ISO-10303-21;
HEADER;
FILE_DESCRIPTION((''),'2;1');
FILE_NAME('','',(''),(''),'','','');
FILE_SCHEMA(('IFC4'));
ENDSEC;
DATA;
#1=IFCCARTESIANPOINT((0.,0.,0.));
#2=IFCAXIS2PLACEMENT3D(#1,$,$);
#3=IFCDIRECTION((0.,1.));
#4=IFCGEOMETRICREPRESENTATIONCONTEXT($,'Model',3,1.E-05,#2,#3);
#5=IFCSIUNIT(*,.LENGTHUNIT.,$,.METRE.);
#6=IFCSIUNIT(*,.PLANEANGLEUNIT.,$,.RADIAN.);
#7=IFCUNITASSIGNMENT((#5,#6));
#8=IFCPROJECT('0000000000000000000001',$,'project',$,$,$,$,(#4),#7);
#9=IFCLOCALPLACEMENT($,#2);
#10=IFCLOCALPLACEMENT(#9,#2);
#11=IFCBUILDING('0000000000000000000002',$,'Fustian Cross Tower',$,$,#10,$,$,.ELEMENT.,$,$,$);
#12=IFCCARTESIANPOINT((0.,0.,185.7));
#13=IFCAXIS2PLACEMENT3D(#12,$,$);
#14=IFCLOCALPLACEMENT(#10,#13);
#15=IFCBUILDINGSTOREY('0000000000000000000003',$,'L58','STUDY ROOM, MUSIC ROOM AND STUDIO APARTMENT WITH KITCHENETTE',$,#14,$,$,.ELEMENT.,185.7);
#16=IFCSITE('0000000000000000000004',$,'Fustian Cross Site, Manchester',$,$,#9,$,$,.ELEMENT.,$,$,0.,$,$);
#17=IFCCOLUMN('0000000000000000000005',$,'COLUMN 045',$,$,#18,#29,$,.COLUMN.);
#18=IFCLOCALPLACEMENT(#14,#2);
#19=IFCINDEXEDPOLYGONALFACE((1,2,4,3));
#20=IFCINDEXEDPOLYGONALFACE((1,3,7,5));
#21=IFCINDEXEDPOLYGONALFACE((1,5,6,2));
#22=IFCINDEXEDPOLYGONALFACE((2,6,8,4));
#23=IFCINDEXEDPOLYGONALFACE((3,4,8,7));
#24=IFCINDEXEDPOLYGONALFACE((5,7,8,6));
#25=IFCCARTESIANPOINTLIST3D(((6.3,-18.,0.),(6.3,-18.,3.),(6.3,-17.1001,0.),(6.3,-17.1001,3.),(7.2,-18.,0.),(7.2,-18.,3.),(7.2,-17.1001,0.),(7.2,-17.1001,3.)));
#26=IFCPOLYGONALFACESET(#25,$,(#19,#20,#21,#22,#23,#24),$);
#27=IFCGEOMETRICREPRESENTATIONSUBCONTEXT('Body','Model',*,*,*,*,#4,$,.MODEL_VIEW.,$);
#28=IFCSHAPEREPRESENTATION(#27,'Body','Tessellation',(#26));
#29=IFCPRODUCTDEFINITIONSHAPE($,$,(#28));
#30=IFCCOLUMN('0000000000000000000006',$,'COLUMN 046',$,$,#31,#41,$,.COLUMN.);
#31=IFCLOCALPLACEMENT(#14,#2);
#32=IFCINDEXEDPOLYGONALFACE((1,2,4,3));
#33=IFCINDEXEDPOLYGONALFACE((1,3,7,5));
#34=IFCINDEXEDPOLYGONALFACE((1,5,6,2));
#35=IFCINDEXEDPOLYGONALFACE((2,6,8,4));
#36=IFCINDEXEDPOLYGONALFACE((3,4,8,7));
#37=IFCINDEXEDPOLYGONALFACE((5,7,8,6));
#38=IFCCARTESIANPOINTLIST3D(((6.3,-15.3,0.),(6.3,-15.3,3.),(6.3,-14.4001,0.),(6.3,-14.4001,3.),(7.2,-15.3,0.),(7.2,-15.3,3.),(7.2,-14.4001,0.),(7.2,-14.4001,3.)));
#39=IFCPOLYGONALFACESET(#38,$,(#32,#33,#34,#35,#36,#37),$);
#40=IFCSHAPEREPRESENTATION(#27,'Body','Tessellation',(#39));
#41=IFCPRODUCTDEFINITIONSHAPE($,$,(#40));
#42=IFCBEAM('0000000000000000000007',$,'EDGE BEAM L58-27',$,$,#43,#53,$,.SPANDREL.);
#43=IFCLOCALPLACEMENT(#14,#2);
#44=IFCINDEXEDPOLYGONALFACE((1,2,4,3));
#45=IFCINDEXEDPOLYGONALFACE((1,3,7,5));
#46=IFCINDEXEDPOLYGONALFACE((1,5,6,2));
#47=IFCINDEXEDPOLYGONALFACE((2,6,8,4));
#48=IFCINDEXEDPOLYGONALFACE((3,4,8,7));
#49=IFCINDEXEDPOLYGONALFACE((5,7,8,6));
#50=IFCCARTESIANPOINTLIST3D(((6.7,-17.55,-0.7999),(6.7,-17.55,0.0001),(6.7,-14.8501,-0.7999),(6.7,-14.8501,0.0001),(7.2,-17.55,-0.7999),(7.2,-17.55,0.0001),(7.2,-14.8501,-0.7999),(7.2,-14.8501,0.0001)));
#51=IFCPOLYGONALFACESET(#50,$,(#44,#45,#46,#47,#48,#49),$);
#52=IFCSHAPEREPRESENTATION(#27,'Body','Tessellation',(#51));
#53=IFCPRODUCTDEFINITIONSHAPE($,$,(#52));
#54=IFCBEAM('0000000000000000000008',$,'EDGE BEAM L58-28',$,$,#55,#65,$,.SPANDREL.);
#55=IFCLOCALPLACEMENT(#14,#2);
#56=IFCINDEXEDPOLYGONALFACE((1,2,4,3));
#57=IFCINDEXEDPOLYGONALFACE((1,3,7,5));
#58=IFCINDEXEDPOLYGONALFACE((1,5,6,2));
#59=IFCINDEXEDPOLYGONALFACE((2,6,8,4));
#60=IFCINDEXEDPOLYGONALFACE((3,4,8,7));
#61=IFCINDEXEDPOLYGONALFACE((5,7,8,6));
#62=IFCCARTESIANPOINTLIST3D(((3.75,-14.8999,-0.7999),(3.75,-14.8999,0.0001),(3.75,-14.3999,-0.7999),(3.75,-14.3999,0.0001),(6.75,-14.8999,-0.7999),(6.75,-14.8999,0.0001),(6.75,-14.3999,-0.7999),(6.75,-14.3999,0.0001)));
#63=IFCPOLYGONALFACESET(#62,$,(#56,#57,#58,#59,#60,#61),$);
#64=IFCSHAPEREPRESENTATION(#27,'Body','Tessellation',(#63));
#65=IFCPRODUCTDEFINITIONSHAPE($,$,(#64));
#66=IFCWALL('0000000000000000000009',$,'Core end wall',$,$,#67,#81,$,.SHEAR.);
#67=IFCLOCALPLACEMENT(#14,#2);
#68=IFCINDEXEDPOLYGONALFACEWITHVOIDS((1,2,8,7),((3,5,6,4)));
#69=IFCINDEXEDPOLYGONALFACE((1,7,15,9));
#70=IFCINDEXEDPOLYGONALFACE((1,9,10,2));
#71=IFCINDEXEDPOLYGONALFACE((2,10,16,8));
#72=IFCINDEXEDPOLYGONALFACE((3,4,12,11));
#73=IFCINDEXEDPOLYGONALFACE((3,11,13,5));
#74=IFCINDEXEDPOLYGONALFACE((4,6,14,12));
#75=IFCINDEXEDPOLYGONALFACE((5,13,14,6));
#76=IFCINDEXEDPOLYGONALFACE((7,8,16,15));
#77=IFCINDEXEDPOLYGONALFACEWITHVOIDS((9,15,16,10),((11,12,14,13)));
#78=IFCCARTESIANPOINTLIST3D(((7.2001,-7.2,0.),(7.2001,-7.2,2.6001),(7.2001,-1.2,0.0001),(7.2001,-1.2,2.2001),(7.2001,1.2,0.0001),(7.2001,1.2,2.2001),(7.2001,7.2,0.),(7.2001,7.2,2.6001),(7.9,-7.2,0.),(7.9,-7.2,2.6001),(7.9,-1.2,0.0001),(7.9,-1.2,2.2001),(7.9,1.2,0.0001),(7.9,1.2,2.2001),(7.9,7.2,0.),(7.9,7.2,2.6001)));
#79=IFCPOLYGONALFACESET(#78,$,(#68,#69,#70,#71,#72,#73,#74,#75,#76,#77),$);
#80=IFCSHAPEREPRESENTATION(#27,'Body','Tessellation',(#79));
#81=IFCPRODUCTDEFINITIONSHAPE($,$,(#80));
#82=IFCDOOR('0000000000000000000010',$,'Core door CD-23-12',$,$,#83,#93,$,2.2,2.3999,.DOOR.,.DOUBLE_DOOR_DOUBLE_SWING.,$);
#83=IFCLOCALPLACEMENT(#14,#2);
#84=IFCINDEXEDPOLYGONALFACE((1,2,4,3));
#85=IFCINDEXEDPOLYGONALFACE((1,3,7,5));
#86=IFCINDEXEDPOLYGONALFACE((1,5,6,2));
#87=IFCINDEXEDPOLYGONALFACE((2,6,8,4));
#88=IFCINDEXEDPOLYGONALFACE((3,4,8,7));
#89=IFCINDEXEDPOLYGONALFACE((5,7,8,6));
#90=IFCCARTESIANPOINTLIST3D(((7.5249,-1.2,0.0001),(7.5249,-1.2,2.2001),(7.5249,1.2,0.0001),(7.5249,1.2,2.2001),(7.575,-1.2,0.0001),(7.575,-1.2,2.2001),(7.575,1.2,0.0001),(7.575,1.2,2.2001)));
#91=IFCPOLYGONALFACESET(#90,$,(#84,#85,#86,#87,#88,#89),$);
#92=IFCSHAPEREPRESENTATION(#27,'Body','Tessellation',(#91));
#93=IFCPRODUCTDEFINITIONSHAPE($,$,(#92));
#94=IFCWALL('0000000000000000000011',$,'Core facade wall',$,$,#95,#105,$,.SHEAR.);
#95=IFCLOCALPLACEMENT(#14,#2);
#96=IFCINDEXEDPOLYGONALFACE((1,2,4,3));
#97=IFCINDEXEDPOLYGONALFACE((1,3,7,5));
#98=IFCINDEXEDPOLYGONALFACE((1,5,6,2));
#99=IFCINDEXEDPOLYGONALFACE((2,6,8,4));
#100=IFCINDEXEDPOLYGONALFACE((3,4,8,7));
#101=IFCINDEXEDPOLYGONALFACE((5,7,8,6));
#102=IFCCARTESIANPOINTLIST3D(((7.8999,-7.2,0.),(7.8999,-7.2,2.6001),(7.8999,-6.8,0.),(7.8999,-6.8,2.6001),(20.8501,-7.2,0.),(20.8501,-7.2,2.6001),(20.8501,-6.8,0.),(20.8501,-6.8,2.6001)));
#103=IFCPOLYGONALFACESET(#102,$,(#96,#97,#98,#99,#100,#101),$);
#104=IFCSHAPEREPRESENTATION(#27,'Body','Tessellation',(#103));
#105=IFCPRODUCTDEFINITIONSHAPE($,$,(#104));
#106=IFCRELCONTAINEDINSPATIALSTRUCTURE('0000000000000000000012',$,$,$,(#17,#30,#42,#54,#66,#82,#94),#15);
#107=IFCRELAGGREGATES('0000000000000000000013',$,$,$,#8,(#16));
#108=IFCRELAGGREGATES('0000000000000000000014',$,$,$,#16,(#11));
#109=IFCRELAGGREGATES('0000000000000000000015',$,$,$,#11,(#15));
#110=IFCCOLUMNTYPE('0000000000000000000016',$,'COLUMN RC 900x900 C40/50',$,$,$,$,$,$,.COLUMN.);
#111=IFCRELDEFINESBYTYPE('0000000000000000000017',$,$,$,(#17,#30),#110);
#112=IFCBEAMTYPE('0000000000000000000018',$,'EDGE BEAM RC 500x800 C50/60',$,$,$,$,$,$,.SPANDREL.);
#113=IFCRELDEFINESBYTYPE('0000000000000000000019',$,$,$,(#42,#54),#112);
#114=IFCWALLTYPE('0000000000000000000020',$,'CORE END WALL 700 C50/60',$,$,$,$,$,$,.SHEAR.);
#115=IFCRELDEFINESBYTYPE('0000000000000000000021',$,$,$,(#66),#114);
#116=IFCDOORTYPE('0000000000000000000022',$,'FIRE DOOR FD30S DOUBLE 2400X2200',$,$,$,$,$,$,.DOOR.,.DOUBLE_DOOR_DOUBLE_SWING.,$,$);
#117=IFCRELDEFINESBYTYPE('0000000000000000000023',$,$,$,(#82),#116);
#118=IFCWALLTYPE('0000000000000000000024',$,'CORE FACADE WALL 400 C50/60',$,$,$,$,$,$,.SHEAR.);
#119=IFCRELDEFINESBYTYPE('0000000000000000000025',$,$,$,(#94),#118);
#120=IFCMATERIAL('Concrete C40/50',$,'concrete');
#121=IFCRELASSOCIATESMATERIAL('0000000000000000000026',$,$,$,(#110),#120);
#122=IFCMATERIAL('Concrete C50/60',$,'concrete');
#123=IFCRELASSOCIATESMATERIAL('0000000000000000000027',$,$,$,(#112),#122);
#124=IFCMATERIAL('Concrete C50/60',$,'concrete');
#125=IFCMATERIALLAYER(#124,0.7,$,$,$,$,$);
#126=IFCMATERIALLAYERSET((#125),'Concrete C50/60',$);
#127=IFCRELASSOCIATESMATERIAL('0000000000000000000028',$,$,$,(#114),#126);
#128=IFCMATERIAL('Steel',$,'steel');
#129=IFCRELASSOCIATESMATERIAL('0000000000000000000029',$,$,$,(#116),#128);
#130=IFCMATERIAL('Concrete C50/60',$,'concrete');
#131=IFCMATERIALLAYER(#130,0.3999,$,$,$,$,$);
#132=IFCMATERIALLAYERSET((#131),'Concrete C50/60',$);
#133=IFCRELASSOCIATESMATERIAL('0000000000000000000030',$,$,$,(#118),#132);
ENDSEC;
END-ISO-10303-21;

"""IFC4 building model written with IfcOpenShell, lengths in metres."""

from ifc_helpers import new_model, si_unit, direction, frame, frame_2d, origin, origin_2d, place, context, subcontext, project, spatial, rectangle, extrude, material, layer, layer_set, material_profile, profile_set, type_object, element, fill, save


model = new_model("IFC4")

# Units and contexts
model_context = context("Model", 3, precision=1e-05, world=origin(), true_north=direction((0.0, 1.0)))
body_context = subcontext(model_context, "Body", "Model", "MODEL_VIEW")
ifc_project = project(units=[si_unit("LENGTHUNIT", "METRE"), si_unit("PLANEANGLEUNIT", "RADIAN")], contexts=[model_context])

# Site, building, storey
site_placement = place(None, origin())
site = spatial("IfcSite", under=ifc_project, at=site_placement, Name="Fustian Cross Site, Manchester", CompositionType="ELEMENT", RefElevation=0.0)
building_placement = place(site_placement, origin())
building = spatial("IfcBuilding", under=site, at=building_placement, Name="Fustian Cross Tower", CompositionType="ELEMENT")
storey_placement = place(building_placement, frame((0.0, 0.0, 185.7)))
storey = spatial("IfcBuildingStorey", under=building, at=storey_placement, Name="L58", Description="STUDY ROOM, MUSIC ROOM AND STUDIO APARTMENT WITH KITCHENETTE", CompositionType="ELEMENT", Elevation=185.7)

# Columns
ifc_material_1 = material(Name="Concrete C40/50", Category="concrete")
ifc_material_profile_1 = material_profile(ifc_material_1, rectangle(XDim=0.8999, YDim=0.8999, at=origin_2d()), Name="RC 900x900")
ifc_profile_set_1 = profile_set([ifc_material_profile_1], Name="Concrete C40/50")
column_type = type_object("IfcColumnType", Name="COLUMN RC 900x900 C40/50", PredefinedType="COLUMN", material=ifc_profile_set_1)
for number, where, z_axis, x_axis, name in (
    (1, (6.75, -17.55, 0.0), (0.0, 0.0, 1.0), (1.0, 0.0, 0.0), "COLUMN 045"),
    (2, (6.75, -14.8501, 0.0), (0.0, 0.0, 1.0), (1.0, 0.0, 0.0), "COLUMN 046"),
):
    element("IfcColumn", number, at=place(storey_placement, frame(where, z_axis=z_axis, x_axis=x_axis)), inside=storey, type_object=column_type, Name=name, PredefinedType="COLUMN", context=body_context, shape_type="SweptSolid", body=[
        extrude(rectangle(XDim=0.8999, YDim=0.8999, at=origin_2d()), origin(), (0.0, 0.0, 1.0), 3.0),
    ])

# Beams
ifc_material_2 = material(Name="Concrete C50/60", Category="concrete")
ifc_material_profile_2 = material_profile(ifc_material_2, rectangle(XDim=0.5, YDim=0.8, at=origin_2d()), Name="RC 500x800")
ifc_profile_set_2 = profile_set([ifc_material_profile_2], Name="Concrete C50/60")
beam_type = type_object("IfcBeamType", Name="EDGE BEAM RC 500x800 C50/60", PredefinedType="SPANDREL", material=ifc_profile_set_2)
beam_1_placement = place(storey_placement, frame((6.95, -17.55, -0.3999), z_axis=(0.0, 1.0, 0.0), x_axis=(-1.0, 0.0, 0.0)))
element("IfcBeam", 3, at=beam_1_placement, inside=storey, type_object=beam_type, Name="EDGE BEAM L58-27", PredefinedType="SPANDREL", context=body_context, shape_type="SweptSolid", body=[
    extrude(rectangle(XDim=0.5, YDim=0.8, at=origin_2d()), origin(), (0.0, 0.0, 1.0), 2.7),
])
beam_2_placement = place(storey_placement, frame((6.75, -14.6499, -0.3999), z_axis=(-1.0, 0.0, 0.0), x_axis=(0.0, -1.0, 0.0)))
element("IfcBeam", 4, at=beam_2_placement, inside=storey, type_object=beam_type, Name="EDGE BEAM L58-28", PredefinedType="SPANDREL", context=body_context, shape_type="SweptSolid", body=[
    extrude(rectangle(XDim=0.5, YDim=0.8, at=origin_2d()), origin(), (0.0, 0.0, 1.0), 3.0),
])

# Wall, opening, door
ifc_material_3 = material(Name="Concrete C50/60", Category="concrete")
ifc_layer_1 = layer(ifc_material_3, 0.7)
ifc_layer_set_1 = layer_set([ifc_layer_1], Name="Concrete C50/60")
wall_type_1 = type_object("IfcWallType", Name="CORE END WALL 700 C50/60", PredefinedType="SHEAR", material=ifc_layer_set_1)
wall_1_placement = place(storey_placement, frame((7.55, -7.2, 0.0), z_axis=(0.0, 0.0, 1.0), x_axis=(0.0, 1.0, 0.0)))
wall_1 = element("IfcWall", 5, at=wall_1_placement, inside=storey, type_object=wall_type_1, Name="Core end wall", PredefinedType="SHEAR", context=body_context, shape_type="SweptSolid", body=[
    extrude(rectangle(XDim=14.3999, YDim=0.7, at=frame_2d((7.2, 0.0))), origin(), (0.0, 0.0, 1.0), 2.6001),
])
opening_1_placement = place(wall_1_placement, frame((6.0, 0.0, 0.0)))
opening_1 = element("IfcOpeningElement", 6, at=opening_1_placement, cuts=wall_1, PredefinedType="OPENING", context=body_context, shape_type="SweptSolid", body=[
    extrude(rectangle(XDim=2.3999, YDim=2.2, at=frame_2d((1.2, 1.1001))), frame((0.0, 0.3599, 0.0), z_axis=(0.0, -1.0, 0.0), x_axis=(1.0, 0.0, 0.0)), (0.0, 0.0, 1.0), 0.72),
])
ifc_material_4 = material(Name="Steel", Category="steel")
door_type_1 = type_object("IfcDoorType", Name="FIRE DOOR FD30S DOUBLE 2400X2200", OperationType="DOUBLE_DOOR_DOUBLE_SWING", PredefinedType="DOOR", material=ifc_material_4)
door_1_placement = place(opening_1_placement, frame((2.3999, 0.0, 0.0), z_axis=(0.0, 0.0, 1.0), x_axis=(-1.0, 0.0, 0.0)))
door_1 = element("IfcDoor", 7, at=door_1_placement, inside=storey, type_object=door_type_1, Name="Core door CD-23-12", OperationType="DOUBLE_DOOR_DOUBLE_SWING", OverallHeight=2.2, OverallWidth=2.3999, PredefinedType="DOOR", context=body_context, shape_type="SweptSolid", body=[
    extrude(rectangle(XDim=2.3999, YDim=2.2, at=frame_2d((1.2, 1.1001))), frame((0.0, 0.0249, 0.0), z_axis=(0.0, -1.0, 0.0), x_axis=(1.0, 0.0, 0.0)), (0.0, 0.0, 1.0), 0.05),
])
fill(opening_1, door_1)

# Wall
ifc_material_5 = material(Name="Concrete C50/60", Category="concrete")
ifc_layer_2 = layer(ifc_material_5, 0.3999)
ifc_layer_set_2 = layer_set([ifc_layer_2], Name="Concrete C50/60")
wall_type_2 = type_object("IfcWallType", Name="CORE FACADE WALL 400 C50/60", PredefinedType="SHEAR", material=ifc_layer_set_2)
wall_2_placement = place(storey_placement, frame((7.8999, -7.0, 0.0), z_axis=(0.0, 0.0, 1.0), x_axis=(1.0, 0.0, 0.0)))
element("IfcWall", 8, at=wall_2_placement, inside=storey, type_object=wall_type_2, Name="Core facade wall", PredefinedType="SHEAR", context=body_context, shape_type="SweptSolid", body=[
    extrude(rectangle(XDim=12.9502, YDim=0.3999, at=frame_2d((6.4751, 0.0))), origin(), (0.0, 0.0, 1.0), 2.6001),
])

save(model, "model.ifc")
